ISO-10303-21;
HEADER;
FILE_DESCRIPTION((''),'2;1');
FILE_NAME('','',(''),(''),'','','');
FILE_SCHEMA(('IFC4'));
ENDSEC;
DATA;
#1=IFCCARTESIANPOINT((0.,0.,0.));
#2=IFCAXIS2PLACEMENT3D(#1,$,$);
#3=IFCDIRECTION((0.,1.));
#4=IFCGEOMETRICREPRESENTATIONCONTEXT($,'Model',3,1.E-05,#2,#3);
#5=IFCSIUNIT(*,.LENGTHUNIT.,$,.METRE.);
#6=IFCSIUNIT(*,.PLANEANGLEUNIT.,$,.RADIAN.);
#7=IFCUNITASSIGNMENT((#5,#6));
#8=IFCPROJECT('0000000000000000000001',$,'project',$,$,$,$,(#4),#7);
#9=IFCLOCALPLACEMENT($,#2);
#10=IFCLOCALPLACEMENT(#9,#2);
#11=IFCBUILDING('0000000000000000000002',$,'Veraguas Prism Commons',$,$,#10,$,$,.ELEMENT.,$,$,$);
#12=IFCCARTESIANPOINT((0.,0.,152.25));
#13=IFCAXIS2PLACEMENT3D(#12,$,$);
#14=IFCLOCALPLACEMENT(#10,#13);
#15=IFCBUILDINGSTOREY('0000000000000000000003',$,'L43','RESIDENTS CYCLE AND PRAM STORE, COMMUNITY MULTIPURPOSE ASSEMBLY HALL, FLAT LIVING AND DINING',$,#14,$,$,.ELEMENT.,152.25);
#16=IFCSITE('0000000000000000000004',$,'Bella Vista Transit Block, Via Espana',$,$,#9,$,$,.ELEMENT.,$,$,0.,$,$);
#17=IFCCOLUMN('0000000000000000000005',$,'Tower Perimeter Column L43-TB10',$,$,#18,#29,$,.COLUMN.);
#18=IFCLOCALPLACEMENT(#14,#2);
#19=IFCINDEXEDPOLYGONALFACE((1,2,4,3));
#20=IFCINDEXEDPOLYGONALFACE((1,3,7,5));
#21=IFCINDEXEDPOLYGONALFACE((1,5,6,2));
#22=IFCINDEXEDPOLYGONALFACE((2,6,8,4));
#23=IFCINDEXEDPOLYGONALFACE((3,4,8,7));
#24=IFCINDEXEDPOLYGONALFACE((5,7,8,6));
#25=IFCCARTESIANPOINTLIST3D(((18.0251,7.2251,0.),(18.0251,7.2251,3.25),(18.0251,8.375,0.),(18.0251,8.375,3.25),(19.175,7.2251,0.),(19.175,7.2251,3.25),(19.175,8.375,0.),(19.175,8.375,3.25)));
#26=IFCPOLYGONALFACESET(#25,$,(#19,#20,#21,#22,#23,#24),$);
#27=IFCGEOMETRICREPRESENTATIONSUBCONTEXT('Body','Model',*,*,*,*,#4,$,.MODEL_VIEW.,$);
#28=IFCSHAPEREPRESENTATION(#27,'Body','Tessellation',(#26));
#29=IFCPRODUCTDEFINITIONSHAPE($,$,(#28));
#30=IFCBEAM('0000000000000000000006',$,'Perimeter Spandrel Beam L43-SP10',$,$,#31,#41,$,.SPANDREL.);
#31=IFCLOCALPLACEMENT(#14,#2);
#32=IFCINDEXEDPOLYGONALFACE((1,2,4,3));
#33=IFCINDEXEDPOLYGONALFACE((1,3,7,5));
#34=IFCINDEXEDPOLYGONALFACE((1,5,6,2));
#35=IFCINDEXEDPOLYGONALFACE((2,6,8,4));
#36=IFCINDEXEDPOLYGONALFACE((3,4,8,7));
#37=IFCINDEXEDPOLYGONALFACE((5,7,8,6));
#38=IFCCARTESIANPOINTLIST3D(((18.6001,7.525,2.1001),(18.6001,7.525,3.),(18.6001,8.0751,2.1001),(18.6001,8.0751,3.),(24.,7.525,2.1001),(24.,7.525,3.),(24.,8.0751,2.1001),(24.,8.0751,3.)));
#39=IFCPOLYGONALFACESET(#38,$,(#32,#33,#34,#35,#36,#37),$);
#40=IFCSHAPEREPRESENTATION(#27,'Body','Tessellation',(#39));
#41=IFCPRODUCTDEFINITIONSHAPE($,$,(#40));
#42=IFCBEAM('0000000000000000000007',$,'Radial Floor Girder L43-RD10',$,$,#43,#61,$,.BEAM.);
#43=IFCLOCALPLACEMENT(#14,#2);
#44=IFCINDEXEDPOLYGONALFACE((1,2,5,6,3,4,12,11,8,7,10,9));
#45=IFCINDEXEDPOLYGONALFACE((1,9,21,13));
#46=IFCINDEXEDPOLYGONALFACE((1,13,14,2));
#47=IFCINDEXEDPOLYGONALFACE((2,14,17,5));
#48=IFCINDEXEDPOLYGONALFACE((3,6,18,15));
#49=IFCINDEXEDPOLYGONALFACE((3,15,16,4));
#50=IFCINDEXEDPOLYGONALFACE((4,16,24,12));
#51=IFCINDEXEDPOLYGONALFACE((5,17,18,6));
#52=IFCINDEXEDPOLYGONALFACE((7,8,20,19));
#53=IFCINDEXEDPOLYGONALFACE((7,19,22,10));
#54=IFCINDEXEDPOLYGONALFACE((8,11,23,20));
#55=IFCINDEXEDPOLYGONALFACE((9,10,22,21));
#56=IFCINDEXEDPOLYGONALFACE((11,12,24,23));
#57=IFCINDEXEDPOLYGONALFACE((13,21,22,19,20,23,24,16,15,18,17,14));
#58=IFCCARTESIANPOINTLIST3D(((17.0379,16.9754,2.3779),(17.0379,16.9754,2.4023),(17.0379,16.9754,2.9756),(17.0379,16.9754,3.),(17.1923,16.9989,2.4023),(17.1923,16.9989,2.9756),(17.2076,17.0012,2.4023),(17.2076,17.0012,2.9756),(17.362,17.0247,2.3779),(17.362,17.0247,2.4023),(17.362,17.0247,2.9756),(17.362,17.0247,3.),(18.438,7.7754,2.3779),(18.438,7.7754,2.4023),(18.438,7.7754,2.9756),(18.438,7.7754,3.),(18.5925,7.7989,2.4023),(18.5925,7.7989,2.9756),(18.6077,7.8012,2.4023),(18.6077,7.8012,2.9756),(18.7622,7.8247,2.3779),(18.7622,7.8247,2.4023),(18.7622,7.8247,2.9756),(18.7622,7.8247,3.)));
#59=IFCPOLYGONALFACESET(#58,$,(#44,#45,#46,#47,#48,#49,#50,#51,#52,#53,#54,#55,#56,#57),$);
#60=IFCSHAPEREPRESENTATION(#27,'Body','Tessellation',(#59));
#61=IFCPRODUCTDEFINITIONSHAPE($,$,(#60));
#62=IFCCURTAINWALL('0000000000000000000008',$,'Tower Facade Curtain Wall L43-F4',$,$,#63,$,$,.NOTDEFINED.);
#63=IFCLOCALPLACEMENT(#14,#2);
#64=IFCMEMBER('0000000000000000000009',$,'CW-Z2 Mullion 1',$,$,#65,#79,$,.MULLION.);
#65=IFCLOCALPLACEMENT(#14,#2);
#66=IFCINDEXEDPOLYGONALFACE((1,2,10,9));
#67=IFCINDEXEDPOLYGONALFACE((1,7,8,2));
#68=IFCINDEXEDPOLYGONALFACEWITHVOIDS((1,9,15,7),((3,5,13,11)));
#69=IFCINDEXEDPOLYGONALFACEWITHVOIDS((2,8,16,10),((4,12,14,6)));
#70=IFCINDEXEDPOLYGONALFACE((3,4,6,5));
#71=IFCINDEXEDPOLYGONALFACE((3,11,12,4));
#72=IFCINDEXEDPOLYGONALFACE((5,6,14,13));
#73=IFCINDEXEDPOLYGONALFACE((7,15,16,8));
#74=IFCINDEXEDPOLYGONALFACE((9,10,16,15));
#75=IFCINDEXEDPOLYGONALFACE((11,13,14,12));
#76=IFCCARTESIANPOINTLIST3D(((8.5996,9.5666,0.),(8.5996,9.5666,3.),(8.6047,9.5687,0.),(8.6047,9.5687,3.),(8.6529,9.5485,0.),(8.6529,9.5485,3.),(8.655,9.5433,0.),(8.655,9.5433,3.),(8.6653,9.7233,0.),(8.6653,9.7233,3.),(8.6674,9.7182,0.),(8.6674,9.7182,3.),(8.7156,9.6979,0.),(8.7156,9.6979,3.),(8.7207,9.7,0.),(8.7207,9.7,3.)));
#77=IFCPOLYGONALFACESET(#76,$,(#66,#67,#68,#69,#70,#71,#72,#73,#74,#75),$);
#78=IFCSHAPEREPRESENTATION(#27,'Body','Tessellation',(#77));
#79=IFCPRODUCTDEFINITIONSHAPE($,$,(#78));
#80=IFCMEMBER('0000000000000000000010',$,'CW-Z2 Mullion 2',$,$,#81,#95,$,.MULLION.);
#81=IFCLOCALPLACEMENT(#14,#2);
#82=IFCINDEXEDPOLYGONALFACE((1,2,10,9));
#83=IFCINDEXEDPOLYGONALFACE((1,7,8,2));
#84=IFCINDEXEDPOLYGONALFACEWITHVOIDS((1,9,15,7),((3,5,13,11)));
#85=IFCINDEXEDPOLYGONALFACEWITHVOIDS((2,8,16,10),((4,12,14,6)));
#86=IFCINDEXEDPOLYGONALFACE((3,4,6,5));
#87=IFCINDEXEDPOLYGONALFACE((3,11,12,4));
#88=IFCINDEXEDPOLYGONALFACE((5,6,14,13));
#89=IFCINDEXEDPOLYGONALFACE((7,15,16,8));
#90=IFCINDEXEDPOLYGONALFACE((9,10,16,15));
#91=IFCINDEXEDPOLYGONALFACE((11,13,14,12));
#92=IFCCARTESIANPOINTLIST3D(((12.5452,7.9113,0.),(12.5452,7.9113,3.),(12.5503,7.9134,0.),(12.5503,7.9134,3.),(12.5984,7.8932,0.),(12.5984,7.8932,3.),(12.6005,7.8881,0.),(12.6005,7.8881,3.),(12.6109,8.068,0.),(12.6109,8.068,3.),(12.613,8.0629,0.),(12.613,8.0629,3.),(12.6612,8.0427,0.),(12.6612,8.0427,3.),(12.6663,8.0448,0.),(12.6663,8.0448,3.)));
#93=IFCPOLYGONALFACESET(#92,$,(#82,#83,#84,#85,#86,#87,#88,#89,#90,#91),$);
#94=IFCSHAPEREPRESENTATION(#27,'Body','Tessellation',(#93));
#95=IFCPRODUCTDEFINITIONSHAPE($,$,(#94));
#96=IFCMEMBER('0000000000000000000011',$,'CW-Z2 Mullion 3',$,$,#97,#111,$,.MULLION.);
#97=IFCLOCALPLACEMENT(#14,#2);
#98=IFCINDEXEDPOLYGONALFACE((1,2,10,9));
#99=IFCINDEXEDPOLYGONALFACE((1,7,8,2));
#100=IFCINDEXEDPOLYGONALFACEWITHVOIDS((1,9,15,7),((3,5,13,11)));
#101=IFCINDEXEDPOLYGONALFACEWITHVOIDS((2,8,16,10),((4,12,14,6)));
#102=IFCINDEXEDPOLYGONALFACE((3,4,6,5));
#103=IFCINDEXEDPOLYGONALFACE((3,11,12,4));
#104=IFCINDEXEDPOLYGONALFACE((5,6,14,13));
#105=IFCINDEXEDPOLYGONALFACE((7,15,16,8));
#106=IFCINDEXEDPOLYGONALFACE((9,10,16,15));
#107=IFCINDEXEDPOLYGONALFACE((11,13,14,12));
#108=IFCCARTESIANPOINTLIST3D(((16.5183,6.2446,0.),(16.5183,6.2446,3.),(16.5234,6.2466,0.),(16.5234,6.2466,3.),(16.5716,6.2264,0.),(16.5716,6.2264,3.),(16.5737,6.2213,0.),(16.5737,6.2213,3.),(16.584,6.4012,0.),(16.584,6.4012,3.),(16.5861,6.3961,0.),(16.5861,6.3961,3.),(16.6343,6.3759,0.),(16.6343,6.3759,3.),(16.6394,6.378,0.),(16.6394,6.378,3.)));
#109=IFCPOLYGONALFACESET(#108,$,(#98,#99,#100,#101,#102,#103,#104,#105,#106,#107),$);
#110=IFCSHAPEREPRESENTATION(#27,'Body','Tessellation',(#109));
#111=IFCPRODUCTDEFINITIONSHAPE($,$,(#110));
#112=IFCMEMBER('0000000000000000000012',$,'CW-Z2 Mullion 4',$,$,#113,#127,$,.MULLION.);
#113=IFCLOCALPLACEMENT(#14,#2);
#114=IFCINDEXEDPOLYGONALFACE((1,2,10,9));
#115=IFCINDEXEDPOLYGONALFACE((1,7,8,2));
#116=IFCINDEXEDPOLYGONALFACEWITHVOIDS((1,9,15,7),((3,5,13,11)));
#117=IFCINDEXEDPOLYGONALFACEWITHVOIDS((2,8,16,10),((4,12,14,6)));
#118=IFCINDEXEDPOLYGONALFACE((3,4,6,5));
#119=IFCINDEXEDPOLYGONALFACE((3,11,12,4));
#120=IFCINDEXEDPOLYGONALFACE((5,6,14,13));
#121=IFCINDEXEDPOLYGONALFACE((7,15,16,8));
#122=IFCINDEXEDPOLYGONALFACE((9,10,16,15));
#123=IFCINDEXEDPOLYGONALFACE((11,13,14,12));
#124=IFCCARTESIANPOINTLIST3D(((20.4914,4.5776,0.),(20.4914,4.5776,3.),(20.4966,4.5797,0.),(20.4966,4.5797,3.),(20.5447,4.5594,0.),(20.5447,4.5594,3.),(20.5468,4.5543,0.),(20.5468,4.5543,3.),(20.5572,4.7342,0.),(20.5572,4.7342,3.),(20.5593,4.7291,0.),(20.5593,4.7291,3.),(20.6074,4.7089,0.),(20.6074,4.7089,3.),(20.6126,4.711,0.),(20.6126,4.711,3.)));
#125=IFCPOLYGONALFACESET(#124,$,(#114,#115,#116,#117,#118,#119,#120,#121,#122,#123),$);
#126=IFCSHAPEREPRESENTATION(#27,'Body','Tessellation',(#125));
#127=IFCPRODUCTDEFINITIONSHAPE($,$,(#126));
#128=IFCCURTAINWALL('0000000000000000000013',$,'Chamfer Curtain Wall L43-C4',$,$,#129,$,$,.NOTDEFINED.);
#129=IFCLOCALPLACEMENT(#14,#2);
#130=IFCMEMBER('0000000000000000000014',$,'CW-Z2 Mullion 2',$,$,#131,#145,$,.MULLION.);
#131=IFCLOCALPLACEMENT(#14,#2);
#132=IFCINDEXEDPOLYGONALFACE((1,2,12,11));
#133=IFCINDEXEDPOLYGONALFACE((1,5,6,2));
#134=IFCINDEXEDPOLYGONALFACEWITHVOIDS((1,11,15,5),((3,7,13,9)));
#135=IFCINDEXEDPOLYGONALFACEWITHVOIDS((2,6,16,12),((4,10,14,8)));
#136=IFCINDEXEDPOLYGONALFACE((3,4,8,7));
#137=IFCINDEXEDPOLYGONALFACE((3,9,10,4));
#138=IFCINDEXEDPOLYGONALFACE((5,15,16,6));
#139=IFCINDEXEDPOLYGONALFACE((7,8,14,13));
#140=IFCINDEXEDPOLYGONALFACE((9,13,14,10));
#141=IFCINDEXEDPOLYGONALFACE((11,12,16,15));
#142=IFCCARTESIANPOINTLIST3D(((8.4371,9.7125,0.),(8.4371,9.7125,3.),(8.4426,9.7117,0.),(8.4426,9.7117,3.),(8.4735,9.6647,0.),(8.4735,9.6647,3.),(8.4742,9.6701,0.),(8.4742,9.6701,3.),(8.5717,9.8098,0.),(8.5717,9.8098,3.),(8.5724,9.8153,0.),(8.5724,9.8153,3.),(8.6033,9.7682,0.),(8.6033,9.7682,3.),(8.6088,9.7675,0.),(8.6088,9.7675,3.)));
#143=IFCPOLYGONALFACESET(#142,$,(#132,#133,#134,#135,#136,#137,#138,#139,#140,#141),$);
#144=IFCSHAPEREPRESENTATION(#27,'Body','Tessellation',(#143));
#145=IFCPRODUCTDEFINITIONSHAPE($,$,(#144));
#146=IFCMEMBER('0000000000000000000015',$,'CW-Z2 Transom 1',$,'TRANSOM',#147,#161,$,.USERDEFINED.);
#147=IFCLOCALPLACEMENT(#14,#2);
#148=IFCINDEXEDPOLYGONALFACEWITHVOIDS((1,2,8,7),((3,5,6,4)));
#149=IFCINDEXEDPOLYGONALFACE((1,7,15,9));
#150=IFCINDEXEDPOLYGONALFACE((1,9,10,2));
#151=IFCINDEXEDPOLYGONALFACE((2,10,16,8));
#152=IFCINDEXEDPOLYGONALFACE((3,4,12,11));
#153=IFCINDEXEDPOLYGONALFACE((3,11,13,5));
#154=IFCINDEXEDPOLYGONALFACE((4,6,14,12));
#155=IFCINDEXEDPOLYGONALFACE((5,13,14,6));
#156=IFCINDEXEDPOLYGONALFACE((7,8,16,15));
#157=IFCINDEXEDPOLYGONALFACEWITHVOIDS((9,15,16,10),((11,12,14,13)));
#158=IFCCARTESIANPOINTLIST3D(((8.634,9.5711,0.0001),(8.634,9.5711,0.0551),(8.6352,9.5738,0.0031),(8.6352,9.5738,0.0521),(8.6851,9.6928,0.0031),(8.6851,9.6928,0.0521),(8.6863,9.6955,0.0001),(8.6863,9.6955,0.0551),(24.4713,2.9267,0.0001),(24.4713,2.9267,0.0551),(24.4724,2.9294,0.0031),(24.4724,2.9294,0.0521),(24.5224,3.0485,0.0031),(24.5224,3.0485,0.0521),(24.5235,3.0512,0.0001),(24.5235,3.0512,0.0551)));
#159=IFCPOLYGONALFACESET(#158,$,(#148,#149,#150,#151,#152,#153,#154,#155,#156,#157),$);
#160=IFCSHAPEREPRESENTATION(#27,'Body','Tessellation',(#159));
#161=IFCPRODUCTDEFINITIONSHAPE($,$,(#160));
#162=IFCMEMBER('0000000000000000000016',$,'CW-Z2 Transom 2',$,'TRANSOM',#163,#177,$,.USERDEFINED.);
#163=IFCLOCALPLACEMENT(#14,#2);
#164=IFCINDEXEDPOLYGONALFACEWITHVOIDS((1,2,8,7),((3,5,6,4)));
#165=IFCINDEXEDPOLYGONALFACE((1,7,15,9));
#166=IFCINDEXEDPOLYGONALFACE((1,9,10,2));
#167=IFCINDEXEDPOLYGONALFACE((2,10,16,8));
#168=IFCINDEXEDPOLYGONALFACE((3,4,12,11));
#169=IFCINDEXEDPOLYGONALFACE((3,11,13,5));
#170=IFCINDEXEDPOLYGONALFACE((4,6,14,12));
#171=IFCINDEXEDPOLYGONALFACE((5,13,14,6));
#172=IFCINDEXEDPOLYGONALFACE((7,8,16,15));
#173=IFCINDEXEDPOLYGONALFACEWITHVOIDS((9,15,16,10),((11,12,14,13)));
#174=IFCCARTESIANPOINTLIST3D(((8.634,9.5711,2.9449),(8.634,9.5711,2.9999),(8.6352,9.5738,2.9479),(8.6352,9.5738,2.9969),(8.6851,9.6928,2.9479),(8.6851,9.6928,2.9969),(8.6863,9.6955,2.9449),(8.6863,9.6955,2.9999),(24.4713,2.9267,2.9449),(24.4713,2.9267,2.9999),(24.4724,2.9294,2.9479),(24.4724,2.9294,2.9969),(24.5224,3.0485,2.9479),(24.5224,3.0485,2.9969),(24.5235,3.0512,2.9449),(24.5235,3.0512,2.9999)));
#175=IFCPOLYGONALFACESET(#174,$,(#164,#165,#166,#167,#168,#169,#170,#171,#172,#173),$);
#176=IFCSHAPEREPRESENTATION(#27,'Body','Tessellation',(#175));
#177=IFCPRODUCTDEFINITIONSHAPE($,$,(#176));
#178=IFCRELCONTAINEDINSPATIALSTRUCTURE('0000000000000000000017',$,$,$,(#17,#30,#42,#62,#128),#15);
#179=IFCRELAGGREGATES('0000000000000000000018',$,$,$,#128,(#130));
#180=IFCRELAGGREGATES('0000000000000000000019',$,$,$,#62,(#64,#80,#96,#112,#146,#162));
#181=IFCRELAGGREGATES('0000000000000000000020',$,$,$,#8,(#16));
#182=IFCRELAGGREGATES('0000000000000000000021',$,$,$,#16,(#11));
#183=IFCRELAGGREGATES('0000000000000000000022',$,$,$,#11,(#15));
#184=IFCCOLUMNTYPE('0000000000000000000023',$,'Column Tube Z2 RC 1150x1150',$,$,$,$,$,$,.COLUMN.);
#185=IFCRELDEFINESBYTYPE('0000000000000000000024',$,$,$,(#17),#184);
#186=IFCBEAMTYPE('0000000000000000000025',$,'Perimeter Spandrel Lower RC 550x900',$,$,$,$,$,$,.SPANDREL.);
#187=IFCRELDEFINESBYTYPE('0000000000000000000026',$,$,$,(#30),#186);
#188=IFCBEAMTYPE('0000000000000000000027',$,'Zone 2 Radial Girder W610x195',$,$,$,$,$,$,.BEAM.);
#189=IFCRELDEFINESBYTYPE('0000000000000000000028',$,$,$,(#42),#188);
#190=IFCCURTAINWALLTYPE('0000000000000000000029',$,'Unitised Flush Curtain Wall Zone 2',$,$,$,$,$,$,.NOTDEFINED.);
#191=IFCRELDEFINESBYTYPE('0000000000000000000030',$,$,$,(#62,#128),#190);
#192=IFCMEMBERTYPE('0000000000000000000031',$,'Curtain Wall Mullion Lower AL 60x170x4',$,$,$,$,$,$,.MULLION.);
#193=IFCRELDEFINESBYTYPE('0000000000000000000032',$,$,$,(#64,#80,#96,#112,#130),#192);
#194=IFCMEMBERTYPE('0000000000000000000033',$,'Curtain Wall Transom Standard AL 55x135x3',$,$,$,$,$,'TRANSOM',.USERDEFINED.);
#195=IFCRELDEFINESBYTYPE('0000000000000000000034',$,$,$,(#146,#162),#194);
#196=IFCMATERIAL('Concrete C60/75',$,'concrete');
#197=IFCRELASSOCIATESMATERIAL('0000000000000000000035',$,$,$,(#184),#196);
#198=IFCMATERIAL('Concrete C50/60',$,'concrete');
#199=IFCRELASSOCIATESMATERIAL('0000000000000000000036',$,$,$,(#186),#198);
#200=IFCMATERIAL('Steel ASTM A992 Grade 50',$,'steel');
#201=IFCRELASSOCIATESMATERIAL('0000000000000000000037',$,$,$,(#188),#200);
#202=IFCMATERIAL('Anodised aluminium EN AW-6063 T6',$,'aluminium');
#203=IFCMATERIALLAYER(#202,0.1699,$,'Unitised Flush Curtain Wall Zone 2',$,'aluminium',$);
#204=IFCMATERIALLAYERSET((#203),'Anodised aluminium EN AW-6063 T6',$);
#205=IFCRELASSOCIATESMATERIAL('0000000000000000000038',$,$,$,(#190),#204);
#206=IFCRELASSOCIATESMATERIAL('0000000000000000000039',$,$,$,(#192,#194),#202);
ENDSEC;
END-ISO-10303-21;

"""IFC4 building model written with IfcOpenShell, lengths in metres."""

from ifc_helpers import new_model, si_unit, direction, frame, origin, origin_2d, place, context, subcontext, project, spatial, rectangle, hollow_rectangle, i_section, extrude, source, transform, mapped, material, layer, layer_set, material_profile, profile_set, type_object, element, aggregate, save


model = new_model("IFC4")

# Units and contexts
model_context = context("Model", 3, precision=1e-05, world=origin(), true_north=direction((0.0, 1.0)))
body_context = subcontext(model_context, "Body", "Model", "MODEL_VIEW")
ifc_project = project(units=[si_unit("LENGTHUNIT", "METRE"), si_unit("PLANEANGLEUNIT", "RADIAN")], contexts=[model_context])

# Site, building, storey
site_placement = place(None, origin())
site = spatial("IfcSite", under=ifc_project, at=site_placement, Name="Bella Vista Transit Block, Via Espana", CompositionType="ELEMENT", RefElevation=0.0)
building_placement = place(site_placement, origin())
building = spatial("IfcBuilding", under=site, at=building_placement, Name="Veraguas Prism Commons", CompositionType="ELEMENT")
storey_placement = place(building_placement, frame((0.0, 0.0, 152.25)))
storey = spatial("IfcBuildingStorey", under=building, at=storey_placement, Name="L43", Description="RESIDENTS CYCLE AND PRAM STORE, COMMUNITY MULTIPURPOSE ASSEMBLY HALL, FLAT LIVING AND DINING", CompositionType="ELEMENT", Elevation=152.25)

# Column
ifc_material_1 = material(Name="Concrete C60/75", Category="concrete")
ifc_material_profile_1 = material_profile(ifc_material_1, rectangle(XDim=1.1499, YDim=1.1499, at=origin_2d()), Name="RC1150X1150")
ifc_profile_set_1 = profile_set([ifc_material_profile_1], Name="Concrete C60/75")
column_type = type_object("IfcColumnType", Name="Column Tube Z2 RC 1150x1150", PredefinedType="COLUMN", material=ifc_profile_set_1)
column_placement = place(storey_placement, frame((18.6001, 7.8, 0.0), z_axis=(0.0, 0.0, 1.0), x_axis=(1.0, 0.0, 0.0)))
element("IfcColumn", 1, at=column_placement, inside=storey, type_object=column_type, Name="Tower Perimeter Column L43-TB10", PredefinedType="COLUMN", context=body_context, shape_type="SweptSolid", body=[
    extrude(rectangle(XDim=1.1499, YDim=1.1499, at=origin_2d()), origin(), (0.0, 0.0, 1.0), 3.25),
])

# Beams
ifc_material_2 = material(Name="Concrete C50/60", Category="concrete")
ifc_material_profile_2 = material_profile(ifc_material_2, rectangle(XDim=0.55, YDim=0.8999, at=origin_2d()), Name="RC550X900")
ifc_profile_set_2 = profile_set([ifc_material_profile_2], Name="Concrete C50/60")
beam_type_1 = type_object("IfcBeamType", Name="Perimeter Spandrel Lower RC 550x900", PredefinedType="SPANDREL", material=ifc_profile_set_2)
beam_1_placement = place(storey_placement, frame((18.6001, 7.8, 2.55), z_axis=(1.0, 0.0, 0.0), x_axis=(0.0, 1.0, 0.0)))
element("IfcBeam", 2, at=beam_1_placement, inside=storey, type_object=beam_type_1, Name="Perimeter Spandrel Beam L43-SP10", PredefinedType="SPANDREL", context=body_context, shape_type="SweptSolid", body=[
    extrude(rectangle(XDim=0.55, YDim=0.8999, at=origin_2d()), origin(), (0.0, 0.0, 1.0), 5.3999),
])
ifc_material_3 = material(Name="Steel ASTM A992 Grade 50", Category="steel")
ifc_material_profile_3 = material_profile(ifc_material_3, i_section(OverallWidth=0.3279, OverallDepth=0.6221, WebThickness=0.0154, FlangeThickness=0.0244, at=origin_2d()), Name="W610X195")
ifc_profile_set_3 = profile_set([ifc_material_profile_3], Name="Steel ASTM A992 Grade 50")
beam_type_2 = type_object("IfcBeamType", Name="Zone 2 Radial Girder W610x195", PredefinedType="BEAM", material=ifc_profile_set_3)
beam_2_placement = place(storey_placement, frame((18.6001, 7.8, 2.689), z_axis=(-0.150458, 0.988616, 0.0), x_axis=(-0.988616, -0.150458, 0.0)))
element("IfcBeam", 3, at=beam_2_placement, inside=storey, type_object=beam_type_2, Name="Radial Floor Girder L43-RD10", PredefinedType="BEAM", context=body_context, shape_type="SweptSolid", body=[
    extrude(i_section(OverallWidth=0.3279, OverallDepth=0.6221, WebThickness=0.0154, FlangeThickness=0.0244, at=origin_2d()), origin(), (0.0, 0.0, 1.0), 9.3059),
])

# Curtain wall, members
ifc_material_4 = material(Name="Anodised aluminium EN AW-6063 T6", Category="aluminium")
ifc_layer_1 = layer(ifc_material_4, 0.1699, Name="Unitised Flush Curtain Wall Zone 2", Category="aluminium")
ifc_layer_set_1 = layer_set([ifc_layer_1], Name="Anodised aluminium EN AW-6063 T6")
curtain_wall_type = type_object("IfcCurtainWallType", Name="Unitised Flush Curtain Wall Zone 2", PredefinedType="NOTDEFINED", material=ifc_layer_set_1)
curtain_wall_1_placement = place(storey_placement, origin())
curtain_wall_1 = element("IfcCurtainWall", 4, at=curtain_wall_1_placement, inside=storey, type_object=curtain_wall_type, Name="Tower Facade Curtain Wall L43-F4", PredefinedType="NOTDEFINED")
ifc_material_profile_4 = material_profile(ifc_material_4, hollow_rectangle(XDim=0.0601, YDim=0.1699, WallThickness=0.0039, at=origin_2d()), Name="AL60X170X4")
ifc_profile_set_4 = profile_set([ifc_material_profile_4], Name="Anodised aluminium EN AW-6063 T6")
member_type_1 = type_object("IfcMemberType", Name="Curtain Wall Mullion Lower AL 60x170x4", PredefinedType="MULLION", material=ifc_profile_set_4)
shared_shape_1 = source(origin(), body_context, "Body", "SweptSolid", [
    extrude(hollow_rectangle(XDim=0.0601, YDim=0.1699, WallThickness=0.0039, at=origin_2d()), origin(), (0.0, 0.0, 1.0), 3.0),
])
member_1_placement = place(storey_placement, frame((8.6602, 9.6333, 0.0), z_axis=(0.0, 0.0, 1.0), x_axis=(0.922132, -0.386875, 0.0)))
member_1 = element("IfcMember", 5, at=member_1_placement, type_object=member_type_1, Name="CW-Z2 Mullion 1", PredefinedType="MULLION", context=body_context, shape_type="MappedRepresentation", body=[
    mapped(shared_shape_1, transform((0.0, 0.0, 0.0), scale=1.0)),
])
member_2_placement = place(storey_placement, frame((12.6057, 7.978, 0.0), z_axis=(0.0, 0.0, 1.0), x_axis=(0.922132, -0.386875, 0.0)))
member_2 = element("IfcMember", 6, at=member_2_placement, type_object=member_type_1, Name="CW-Z2 Mullion 2", PredefinedType="MULLION", context=body_context, shape_type="MappedRepresentation", body=[
    mapped(shared_shape_1, transform((0.0, 0.0, 0.0), scale=1.0)),
])
member_3_placement = place(storey_placement, frame((16.5789, 6.3113, 0.0), z_axis=(0.0, 0.0, 1.0), x_axis=(0.922132, -0.386875, 0.0)))
member_3 = element("IfcMember", 7, at=member_3_placement, type_object=member_type_1, Name="CW-Z2 Mullion 3", PredefinedType="MULLION", context=body_context, shape_type="MappedRepresentation", body=[
    mapped(shared_shape_1, transform((0.0, 0.0, 0.0), scale=1.0)),
])
member_4_placement = place(storey_placement, frame((20.552, 4.6443, 0.0), z_axis=(0.0, 0.0, 1.0), x_axis=(0.922132, -0.386875, 0.0)))
member_4 = element("IfcMember", 8, at=member_4_placement, type_object=member_type_1, Name="CW-Z2 Mullion 4", PredefinedType="MULLION", context=body_context, shape_type="MappedRepresentation", body=[
    mapped(shared_shape_1, transform((0.0, 0.0, 0.0), scale=1.0)),
])

# Curtain wall, member
curtain_wall_2_placement = place(storey_placement, origin())
curtain_wall_2 = element("IfcCurtainWall", 9, at=curtain_wall_2_placement, inside=storey, type_object=curtain_wall_type, Name="Chamfer Curtain Wall L43-C4", PredefinedType="NOTDEFINED")
member_5_placement = place(storey_placement, frame((8.5229, 9.74, 0.0), z_axis=(0.0, 0.0, 1.0), x_axis=(0.605173, -0.796094, 0.0)))
member_5 = element("IfcMember", 10, at=member_5_placement, type_object=member_type_1, Name="CW-Z2 Mullion 2", PredefinedType="MULLION", context=body_context, shape_type="MappedRepresentation", body=[
    mapped(shared_shape_1, transform((0.0, 0.0, 0.0), scale=1.0)),
])

# Members
ifc_material_profile_5 = material_profile(ifc_material_4, hollow_rectangle(XDim=0.0549, YDim=0.135, WallThickness=0.0029, at=origin_2d()), Name="AL55X135X3")
ifc_profile_set_5 = profile_set([ifc_material_profile_5], Name="Anodised aluminium EN AW-6063 T6")
member_type_2 = type_object("IfcMemberType", Name="Curtain Wall Transom Standard AL 55x135x3", ElementType="TRANSOM", PredefinedType="USERDEFINED", material=ifc_profile_set_5)
shared_shape_2 = source(origin(), body_context, "Body", "SweptSolid", [
    extrude(hollow_rectangle(XDim=0.0549, YDim=0.135, WallThickness=0.0029, at=origin_2d()), origin(), (0.0, 0.0, 1.0), 17.1746),
])
member_6_placement = place(storey_placement, frame((8.6602, 9.6333, 0.0276), z_axis=(0.922134, -0.38687, 0.0), x_axis=(0.0, 0.0, 1.0)))
member_6 = element("IfcMember", 11, at=member_6_placement, type_object=member_type_2, Name="CW-Z2 Transom 1", ObjectType="TRANSOM", PredefinedType="USERDEFINED", context=body_context, shape_type="MappedRepresentation", body=[
    mapped(shared_shape_2, transform((0.0, 0.0, 0.0), scale=1.0)),
])
member_7_placement = place(storey_placement, frame((8.6602, 9.6333, 2.9724), z_axis=(0.922134, -0.38687, 0.0), x_axis=(0.0, 0.0, 1.0)))
member_7 = element("IfcMember", 12, at=member_7_placement, type_object=member_type_2, Name="CW-Z2 Transom 2", ObjectType="TRANSOM", PredefinedType="USERDEFINED", context=body_context, shape_type="MappedRepresentation", body=[
    mapped(shared_shape_2, transform((0.0, 0.0, 0.0), scale=1.0)),
])

aggregate(curtain_wall_2, [member_5])
aggregate(curtain_wall_1, [member_1, member_2, member_3, member_4, member_6, member_7])

save(model, "model.ifc")
